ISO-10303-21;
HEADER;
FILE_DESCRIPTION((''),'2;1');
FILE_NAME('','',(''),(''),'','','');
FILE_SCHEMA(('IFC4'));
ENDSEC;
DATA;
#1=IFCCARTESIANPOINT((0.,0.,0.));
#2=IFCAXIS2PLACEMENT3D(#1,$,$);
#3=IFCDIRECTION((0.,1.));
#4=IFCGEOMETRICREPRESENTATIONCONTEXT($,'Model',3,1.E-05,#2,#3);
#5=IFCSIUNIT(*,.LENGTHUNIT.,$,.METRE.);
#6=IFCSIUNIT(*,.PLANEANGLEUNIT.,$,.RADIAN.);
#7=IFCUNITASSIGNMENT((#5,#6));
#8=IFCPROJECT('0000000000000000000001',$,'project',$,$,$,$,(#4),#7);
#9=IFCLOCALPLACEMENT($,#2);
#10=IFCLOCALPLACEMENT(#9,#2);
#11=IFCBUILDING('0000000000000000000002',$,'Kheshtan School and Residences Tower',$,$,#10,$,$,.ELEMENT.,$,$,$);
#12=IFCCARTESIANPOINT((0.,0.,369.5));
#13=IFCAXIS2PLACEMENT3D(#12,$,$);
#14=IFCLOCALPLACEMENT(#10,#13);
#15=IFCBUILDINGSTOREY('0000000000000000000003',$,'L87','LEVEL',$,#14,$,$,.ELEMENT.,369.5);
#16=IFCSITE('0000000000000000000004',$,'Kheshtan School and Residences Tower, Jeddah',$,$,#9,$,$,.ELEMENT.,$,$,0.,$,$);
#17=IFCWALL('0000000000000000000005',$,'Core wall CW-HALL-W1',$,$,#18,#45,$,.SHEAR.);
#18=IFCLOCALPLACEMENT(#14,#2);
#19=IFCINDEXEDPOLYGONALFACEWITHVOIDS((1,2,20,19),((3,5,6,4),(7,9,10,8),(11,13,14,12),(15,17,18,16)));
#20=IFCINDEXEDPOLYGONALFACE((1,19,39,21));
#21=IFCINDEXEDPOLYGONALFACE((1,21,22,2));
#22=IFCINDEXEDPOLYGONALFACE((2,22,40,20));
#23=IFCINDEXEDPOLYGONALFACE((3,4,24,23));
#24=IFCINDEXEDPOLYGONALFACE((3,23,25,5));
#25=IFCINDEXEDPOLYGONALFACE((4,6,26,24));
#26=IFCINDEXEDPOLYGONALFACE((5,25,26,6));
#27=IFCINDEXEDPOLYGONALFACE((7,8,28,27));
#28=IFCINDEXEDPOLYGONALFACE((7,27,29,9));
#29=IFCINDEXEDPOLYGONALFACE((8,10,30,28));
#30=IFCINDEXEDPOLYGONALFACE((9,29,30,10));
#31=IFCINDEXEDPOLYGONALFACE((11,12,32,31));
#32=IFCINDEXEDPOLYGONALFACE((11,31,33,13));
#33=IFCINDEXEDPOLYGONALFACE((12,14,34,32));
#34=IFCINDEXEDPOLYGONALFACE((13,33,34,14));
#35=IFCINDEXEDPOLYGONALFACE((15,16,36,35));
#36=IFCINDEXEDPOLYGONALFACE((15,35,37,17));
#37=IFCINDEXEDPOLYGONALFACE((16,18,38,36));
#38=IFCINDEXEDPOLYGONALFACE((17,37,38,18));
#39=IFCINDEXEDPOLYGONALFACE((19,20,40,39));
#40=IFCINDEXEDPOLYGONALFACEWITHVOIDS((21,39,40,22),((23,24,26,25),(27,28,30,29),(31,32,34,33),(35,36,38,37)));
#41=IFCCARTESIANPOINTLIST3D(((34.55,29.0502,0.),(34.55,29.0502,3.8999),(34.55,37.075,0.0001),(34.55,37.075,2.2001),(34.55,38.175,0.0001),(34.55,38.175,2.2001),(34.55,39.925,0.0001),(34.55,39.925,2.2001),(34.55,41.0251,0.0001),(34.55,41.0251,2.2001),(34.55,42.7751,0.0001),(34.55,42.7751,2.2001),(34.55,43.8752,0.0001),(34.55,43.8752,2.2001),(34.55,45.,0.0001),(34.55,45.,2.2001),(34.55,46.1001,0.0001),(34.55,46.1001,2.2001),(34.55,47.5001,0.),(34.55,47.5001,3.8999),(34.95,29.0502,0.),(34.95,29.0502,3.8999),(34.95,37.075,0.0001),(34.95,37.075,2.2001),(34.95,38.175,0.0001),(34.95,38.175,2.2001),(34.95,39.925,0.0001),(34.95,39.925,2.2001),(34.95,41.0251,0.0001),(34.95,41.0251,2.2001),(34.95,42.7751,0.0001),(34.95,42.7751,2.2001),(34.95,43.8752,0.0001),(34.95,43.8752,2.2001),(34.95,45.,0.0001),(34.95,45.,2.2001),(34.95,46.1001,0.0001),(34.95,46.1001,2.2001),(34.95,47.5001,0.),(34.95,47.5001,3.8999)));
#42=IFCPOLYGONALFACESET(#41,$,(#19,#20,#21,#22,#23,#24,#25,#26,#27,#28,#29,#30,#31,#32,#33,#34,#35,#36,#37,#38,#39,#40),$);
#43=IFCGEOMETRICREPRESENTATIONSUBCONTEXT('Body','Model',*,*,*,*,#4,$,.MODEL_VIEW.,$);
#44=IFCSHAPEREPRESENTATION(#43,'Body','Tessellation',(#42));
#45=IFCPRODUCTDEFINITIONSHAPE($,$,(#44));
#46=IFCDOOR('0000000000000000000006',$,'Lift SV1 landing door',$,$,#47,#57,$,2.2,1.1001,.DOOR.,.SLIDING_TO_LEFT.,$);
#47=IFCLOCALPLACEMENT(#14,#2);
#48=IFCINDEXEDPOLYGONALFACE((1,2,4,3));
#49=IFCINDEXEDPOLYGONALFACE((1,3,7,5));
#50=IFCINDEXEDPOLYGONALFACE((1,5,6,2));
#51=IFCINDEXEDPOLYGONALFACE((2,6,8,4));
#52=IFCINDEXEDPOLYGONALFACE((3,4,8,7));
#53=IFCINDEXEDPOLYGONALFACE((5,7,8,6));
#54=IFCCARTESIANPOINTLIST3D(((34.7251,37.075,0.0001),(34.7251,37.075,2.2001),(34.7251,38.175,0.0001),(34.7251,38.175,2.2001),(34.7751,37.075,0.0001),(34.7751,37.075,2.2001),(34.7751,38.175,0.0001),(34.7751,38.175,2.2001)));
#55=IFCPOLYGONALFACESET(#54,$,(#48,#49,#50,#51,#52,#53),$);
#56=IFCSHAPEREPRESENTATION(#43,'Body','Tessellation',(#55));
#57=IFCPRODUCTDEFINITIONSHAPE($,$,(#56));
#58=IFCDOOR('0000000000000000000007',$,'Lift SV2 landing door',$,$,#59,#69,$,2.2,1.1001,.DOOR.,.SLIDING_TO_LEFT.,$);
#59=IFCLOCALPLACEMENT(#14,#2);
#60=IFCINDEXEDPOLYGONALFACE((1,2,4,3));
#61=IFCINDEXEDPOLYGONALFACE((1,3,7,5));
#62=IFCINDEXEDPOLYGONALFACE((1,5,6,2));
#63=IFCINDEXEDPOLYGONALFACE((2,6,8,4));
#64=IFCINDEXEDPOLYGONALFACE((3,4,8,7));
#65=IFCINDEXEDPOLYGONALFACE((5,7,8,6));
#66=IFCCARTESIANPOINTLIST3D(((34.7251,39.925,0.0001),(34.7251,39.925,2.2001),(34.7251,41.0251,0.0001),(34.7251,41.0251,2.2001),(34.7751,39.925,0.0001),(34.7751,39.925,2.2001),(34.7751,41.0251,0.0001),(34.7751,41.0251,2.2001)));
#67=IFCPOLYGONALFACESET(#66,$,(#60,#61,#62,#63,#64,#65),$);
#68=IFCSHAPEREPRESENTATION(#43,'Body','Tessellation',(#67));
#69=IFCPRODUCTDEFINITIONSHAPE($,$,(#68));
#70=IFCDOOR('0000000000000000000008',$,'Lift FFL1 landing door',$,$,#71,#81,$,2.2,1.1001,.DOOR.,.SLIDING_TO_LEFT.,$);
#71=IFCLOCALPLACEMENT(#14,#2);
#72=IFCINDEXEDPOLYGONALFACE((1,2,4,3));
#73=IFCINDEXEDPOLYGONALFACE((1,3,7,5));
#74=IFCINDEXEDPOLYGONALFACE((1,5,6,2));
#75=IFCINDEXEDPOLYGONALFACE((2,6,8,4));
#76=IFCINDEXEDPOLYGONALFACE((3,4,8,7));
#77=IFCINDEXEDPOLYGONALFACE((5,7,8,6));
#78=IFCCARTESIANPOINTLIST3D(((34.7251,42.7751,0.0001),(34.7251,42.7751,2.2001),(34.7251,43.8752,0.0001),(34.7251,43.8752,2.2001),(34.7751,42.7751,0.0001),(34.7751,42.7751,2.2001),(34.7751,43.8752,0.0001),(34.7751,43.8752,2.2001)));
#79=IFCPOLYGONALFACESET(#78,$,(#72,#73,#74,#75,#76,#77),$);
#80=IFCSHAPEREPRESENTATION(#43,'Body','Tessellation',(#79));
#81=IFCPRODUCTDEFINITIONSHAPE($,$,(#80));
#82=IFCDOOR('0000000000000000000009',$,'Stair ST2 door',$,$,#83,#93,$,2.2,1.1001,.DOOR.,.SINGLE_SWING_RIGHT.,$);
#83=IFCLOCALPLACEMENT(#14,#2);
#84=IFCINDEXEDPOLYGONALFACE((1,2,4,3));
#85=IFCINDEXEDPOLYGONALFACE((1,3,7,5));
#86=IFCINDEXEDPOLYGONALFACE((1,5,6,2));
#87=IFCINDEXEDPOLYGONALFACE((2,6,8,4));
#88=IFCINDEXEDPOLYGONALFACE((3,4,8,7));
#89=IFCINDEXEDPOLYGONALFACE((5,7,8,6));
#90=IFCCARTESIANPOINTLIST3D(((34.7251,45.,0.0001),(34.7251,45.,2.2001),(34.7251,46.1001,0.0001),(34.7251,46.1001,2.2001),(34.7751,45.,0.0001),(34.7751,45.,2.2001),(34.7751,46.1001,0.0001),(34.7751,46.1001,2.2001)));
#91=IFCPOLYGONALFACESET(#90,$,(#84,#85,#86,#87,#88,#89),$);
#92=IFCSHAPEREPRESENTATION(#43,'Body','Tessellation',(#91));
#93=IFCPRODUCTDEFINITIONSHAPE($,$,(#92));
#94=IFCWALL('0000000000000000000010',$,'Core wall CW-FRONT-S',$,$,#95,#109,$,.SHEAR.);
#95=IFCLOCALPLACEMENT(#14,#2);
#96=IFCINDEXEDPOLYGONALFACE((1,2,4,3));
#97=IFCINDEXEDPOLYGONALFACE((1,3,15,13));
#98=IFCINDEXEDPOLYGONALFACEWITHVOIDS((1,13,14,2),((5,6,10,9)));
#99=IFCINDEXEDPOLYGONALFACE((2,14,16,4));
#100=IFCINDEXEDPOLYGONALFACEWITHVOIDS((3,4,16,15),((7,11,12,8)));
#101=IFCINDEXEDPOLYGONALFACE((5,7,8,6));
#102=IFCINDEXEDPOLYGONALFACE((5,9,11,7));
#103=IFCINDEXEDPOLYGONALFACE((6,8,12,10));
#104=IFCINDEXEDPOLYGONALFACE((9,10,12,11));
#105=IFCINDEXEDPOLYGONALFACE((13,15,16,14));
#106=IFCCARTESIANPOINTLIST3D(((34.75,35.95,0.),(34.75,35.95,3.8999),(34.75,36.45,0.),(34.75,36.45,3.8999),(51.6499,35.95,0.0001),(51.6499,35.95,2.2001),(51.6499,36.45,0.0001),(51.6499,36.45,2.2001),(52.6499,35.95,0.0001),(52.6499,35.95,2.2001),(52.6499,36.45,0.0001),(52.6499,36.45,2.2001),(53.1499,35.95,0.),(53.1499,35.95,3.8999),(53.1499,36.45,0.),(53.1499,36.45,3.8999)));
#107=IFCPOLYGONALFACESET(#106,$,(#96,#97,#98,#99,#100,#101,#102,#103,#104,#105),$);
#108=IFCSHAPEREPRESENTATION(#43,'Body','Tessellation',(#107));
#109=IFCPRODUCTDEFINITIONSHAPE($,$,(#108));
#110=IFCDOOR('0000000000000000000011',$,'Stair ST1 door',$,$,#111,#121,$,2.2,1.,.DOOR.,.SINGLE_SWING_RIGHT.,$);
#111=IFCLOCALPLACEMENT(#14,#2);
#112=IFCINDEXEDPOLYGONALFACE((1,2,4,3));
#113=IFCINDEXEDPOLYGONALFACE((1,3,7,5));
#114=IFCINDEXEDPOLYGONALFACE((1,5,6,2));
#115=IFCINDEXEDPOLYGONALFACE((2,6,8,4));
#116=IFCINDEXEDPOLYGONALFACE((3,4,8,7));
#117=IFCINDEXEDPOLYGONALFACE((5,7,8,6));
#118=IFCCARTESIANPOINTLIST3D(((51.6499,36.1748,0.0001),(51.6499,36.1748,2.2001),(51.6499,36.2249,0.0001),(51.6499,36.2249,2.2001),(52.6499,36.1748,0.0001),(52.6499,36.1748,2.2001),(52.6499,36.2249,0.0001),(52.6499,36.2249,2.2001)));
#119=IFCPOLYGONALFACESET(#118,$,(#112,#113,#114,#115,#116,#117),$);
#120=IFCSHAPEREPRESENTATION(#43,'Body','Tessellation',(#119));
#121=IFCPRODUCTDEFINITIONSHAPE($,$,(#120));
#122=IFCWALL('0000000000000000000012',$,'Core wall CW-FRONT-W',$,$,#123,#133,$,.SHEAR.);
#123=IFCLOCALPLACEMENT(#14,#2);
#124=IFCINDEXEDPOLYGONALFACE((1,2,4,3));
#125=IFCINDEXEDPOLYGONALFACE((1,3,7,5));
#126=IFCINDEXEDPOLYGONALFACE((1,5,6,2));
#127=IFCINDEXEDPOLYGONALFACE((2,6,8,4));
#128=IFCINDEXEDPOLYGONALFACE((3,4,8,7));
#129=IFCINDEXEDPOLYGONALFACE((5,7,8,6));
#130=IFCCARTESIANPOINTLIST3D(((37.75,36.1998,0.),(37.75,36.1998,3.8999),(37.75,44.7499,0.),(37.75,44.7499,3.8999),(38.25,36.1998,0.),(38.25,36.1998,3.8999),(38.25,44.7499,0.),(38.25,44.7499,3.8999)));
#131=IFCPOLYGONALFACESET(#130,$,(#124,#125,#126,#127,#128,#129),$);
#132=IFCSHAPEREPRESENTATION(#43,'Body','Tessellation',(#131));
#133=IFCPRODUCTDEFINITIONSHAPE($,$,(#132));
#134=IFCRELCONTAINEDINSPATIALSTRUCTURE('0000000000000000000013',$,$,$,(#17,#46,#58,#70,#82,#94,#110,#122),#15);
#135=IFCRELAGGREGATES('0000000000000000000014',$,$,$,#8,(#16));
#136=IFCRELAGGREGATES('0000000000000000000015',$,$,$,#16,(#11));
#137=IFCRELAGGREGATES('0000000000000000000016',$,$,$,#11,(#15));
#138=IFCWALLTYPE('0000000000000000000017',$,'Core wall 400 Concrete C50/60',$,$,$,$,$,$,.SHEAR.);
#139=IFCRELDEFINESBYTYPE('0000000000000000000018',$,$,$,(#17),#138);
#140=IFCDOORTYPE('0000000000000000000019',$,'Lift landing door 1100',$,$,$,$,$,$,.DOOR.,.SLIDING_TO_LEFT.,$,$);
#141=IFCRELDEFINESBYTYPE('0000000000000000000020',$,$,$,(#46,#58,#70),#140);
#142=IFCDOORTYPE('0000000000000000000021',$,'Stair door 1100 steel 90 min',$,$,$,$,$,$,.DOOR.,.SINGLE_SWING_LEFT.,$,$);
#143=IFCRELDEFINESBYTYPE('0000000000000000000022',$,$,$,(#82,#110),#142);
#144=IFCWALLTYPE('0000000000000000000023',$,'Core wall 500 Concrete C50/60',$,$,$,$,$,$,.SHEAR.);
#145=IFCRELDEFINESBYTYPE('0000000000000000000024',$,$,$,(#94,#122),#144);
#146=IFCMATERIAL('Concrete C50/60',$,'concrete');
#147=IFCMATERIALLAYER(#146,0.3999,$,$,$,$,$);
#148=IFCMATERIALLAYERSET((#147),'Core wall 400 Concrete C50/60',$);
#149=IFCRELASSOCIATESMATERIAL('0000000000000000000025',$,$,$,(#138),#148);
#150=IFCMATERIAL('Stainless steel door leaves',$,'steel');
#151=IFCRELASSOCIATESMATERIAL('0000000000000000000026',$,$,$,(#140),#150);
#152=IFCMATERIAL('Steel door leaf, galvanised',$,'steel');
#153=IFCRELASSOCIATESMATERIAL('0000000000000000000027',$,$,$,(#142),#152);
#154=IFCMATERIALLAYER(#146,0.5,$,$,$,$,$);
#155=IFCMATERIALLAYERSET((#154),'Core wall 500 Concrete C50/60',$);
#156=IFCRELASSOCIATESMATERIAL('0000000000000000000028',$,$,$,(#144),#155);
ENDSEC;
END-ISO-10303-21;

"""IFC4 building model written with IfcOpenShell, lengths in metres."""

from ifc_helpers import new_model, si_unit, direction, frame, frame_2d, origin, place, context, subcontext, project, spatial, rectangle, extrude, source, transform, mapped, material, layer, layer_set, type_object, element, fill, save


model = new_model("IFC4")

# Units and contexts
model_context = context("Model", 3, precision=1e-05, world=origin(), true_north=direction((0.0, 1.0)))
body_context = subcontext(model_context, "Body", "Model", "MODEL_VIEW")
ifc_project = project(units=[si_unit("LENGTHUNIT", "METRE"), si_unit("PLANEANGLEUNIT", "RADIAN")], contexts=[model_context])

# Site, building, storey
site_placement = place(None, origin())
site = spatial("IfcSite", under=ifc_project, at=site_placement, Name="Kheshtan School and Residences Tower, Jeddah", CompositionType="ELEMENT", RefElevation=0.0)
building_placement = place(site_placement, origin())
building = spatial("IfcBuilding", under=site, at=building_placement, Name="Kheshtan School and Residences Tower", CompositionType="ELEMENT")
storey_placement = place(building_placement, frame((0.0, 0.0, 369.5)))
storey = spatial("IfcBuildingStorey", under=building, at=storey_placement, Name="L87", Description="LEVEL", CompositionType="ELEMENT", Elevation=369.5)

# Wall, openings, doors
ifc_material_1 = material(Name="Concrete C50/60", Category="concrete")
ifc_layer_1 = layer(ifc_material_1, 0.3999)
ifc_layer_set_1 = layer_set([ifc_layer_1], Name="Core wall 400 Concrete C50/60")
wall_type_1 = type_object("IfcWallType", Name="Core wall 400 Concrete C50/60", PredefinedType="SHEAR", material=ifc_layer_set_1)
ifc_material_2 = material(Name="Stainless steel door leaves", Category="steel")
door_type_1 = type_object("IfcDoorType", Name="Lift landing door 1100", OperationType="SLIDING_TO_LEFT", PredefinedType="DOOR", material=ifc_material_2)
shared_shape_1 = source(origin(), body_context, "Body", "SweptSolid", [
    extrude(rectangle(XDim=1.1001, YDim=2.2, at=frame_2d((0.55, 1.1001))), frame((0.0, 0.0249, 0.0), z_axis=(0.0, -1.0, 0.0), x_axis=(1.0, 0.0, 0.0)), (0.0, 0.0, 1.0), 0.05),
])
ifc_material_3 = material(Name="Steel door leaf, galvanised", Category="steel")
wall_1_placement = place(storey_placement, frame((34.75, 29.05, 0.0), z_axis=(0.0, 0.0, 1.0), x_axis=(0.0, 1.0, 0.0)))
wall_1 = element("IfcWall", 1, at=wall_1_placement, inside=storey, type_object=wall_type_1, Name="Core wall CW-HALL-W1", PredefinedType="SHEAR", context=body_context, shape_type="SweptSolid", body=[
    extrude(rectangle(XDim=18.45, YDim=0.3999, at=frame_2d((9.2251, 0.0))), origin(), (0.0, 0.0, 1.0), 3.8999),
])
opening_1_placement = place(wall_1_placement, frame((8.0249, 0.0, 0.0)))
opening_1 = element("IfcOpeningElement", 2, at=opening_1_placement, cuts=wall_1, PredefinedType="OPENING", context=body_context, shape_type="SweptSolid", body=[
    extrude(rectangle(XDim=1.1001, YDim=2.2, at=frame_2d((0.55, 1.1001))), frame((0.0, 0.21, 0.0), z_axis=(0.0, -1.0, 0.0), x_axis=(1.0, 0.0, 0.0)), (0.0, 0.0, 1.0), 0.4199),
])
opening_2_placement = place(wall_1_placement, frame((10.875, 0.0, 0.0)))
opening_2 = element("IfcOpeningElement", 3, at=opening_2_placement, cuts=wall_1, PredefinedType="OPENING", context=body_context, shape_type="SweptSolid", body=[
    extrude(rectangle(XDim=1.1001, YDim=2.2, at=frame_2d((0.55, 1.1001))), frame((0.0, 0.21, 0.0), z_axis=(0.0, -1.0, 0.0), x_axis=(1.0, 0.0, 0.0)), (0.0, 0.0, 1.0), 0.4199),
])
opening_3_placement = place(wall_1_placement, frame((13.7251, 0.0, 0.0)))
opening_3 = element("IfcOpeningElement", 4, at=opening_3_placement, cuts=wall_1, PredefinedType="OPENING", context=body_context, shape_type="SweptSolid", body=[
    extrude(rectangle(XDim=1.1001, YDim=2.2, at=frame_2d((0.55, 1.1001))), frame((0.0, 0.21, 0.0), z_axis=(0.0, -1.0, 0.0), x_axis=(1.0, 0.0, 0.0)), (0.0, 0.0, 1.0), 0.4199),
])
opening_4_placement = place(wall_1_placement, frame((15.95, 0.0, 0.0)))
opening_4 = element("IfcOpeningElement", 5, at=opening_4_placement, cuts=wall_1, PredefinedType="OPENING", context=body_context, shape_type="SweptSolid", body=[
    extrude(rectangle(XDim=1.1001, YDim=2.2, at=frame_2d((0.55, 1.1001))), frame((0.0, 0.21, 0.0), z_axis=(0.0, -1.0, 0.0), x_axis=(1.0, 0.0, 0.0)), (0.0, 0.0, 1.0), 0.4199),
])
door_1_placement = place(opening_1_placement, origin())
door_1 = element("IfcDoor", 6, at=door_1_placement, inside=storey, type_object=door_type_1, Name="Lift SV1 landing door", OperationType="SLIDING_TO_LEFT", OverallHeight=2.2, OverallWidth=1.1001, PredefinedType="DOOR", context=body_context, shape_type="MappedRepresentation", body=[
    mapped(shared_shape_1, transform((0.0, 0.0, 0.0), x_axis=(1.0, 0.0, 0.0), y_axis=(0.0, 1.0, 0.0), z_axis=(0.0, 0.0, 1.0), scale=1.0)),
])
fill(opening_1, door_1)
door_2_placement = place(opening_2_placement, origin())
door_2 = element("IfcDoor", 7, at=door_2_placement, inside=storey, type_object=door_type_1, Name="Lift SV2 landing door", OperationType="SLIDING_TO_LEFT", OverallHeight=2.2, OverallWidth=1.1001, PredefinedType="DOOR", context=body_context, shape_type="MappedRepresentation", body=[
    mapped(shared_shape_1, transform((0.0, 0.0, 0.0), x_axis=(1.0, 0.0, 0.0), y_axis=(0.0, 1.0, 0.0), z_axis=(0.0, 0.0, 1.0), scale=1.0)),
])
fill(opening_2, door_2)
door_3_placement = place(opening_3_placement, origin())
door_3 = element("IfcDoor", 8, at=door_3_placement, inside=storey, type_object=door_type_1, Name="Lift FFL1 landing door", OperationType="SLIDING_TO_LEFT", OverallHeight=2.2, OverallWidth=1.1001, PredefinedType="DOOR", context=body_context, shape_type="MappedRepresentation", body=[
    mapped(shared_shape_1, transform((0.0, 0.0, 0.0), x_axis=(1.0, 0.0, 0.0), y_axis=(0.0, 1.0, 0.0), z_axis=(0.0, 0.0, 1.0), scale=1.0)),
])
fill(opening_3, door_3)
door_type_2 = type_object("IfcDoorType", Name="Stair door 1100 steel 90 min", OperationType="SINGLE_SWING_LEFT", PredefinedType="DOOR", material=ifc_material_3)
shared_shape_2 = source(origin(), body_context, "Body", "SweptSolid", [
    extrude(rectangle(XDim=1.1001, YDim=2.2, at=frame_2d((0.55, 1.1001))), frame((0.0, 0.0249, 0.0), z_axis=(0.0, -1.0, 0.0), x_axis=(1.0, 0.0, 0.0)), (0.0, 0.0, 1.0), 0.05),
])
door_4_placement = place(opening_4_placement, origin())
door_4 = element("IfcDoor", 9, at=door_4_placement, inside=storey, type_object=door_type_2, Name="Stair ST2 door", OperationType="SINGLE_SWING_RIGHT", OverallHeight=2.2, OverallWidth=1.1001, PredefinedType="DOOR", context=body_context, shape_type="MappedRepresentation", body=[
    mapped(shared_shape_2, transform((0.0, 0.0, 0.0), x_axis=(1.0, 0.0, 0.0), y_axis=(0.0, 1.0, 0.0), z_axis=(0.0, 0.0, 1.0), scale=1.0)),
])
fill(opening_4, door_4)

# Wall, opening, door
ifc_layer_2 = layer(ifc_material_1, 0.5)
ifc_layer_set_2 = layer_set([ifc_layer_2], Name="Core wall 500 Concrete C50/60")
wall_type_2 = type_object("IfcWallType", Name="Core wall 500 Concrete C50/60", PredefinedType="SHEAR", material=ifc_layer_set_2)
wall_2_placement = place(storey_placement, frame((34.75, 36.2, 0.0), z_axis=(0.0, 0.0, 1.0), x_axis=(1.0, 0.0, 0.0)))
wall_2 = element("IfcWall", 10, at=wall_2_placement, inside=storey, type_object=wall_type_2, Name="Core wall CW-FRONT-S", PredefinedType="SHEAR", context=body_context, shape_type="SweptSolid", body=[
    extrude(rectangle(XDim=18.3999, YDim=0.5, at=frame_2d((9.2, 0.0))), origin(), (0.0, 0.0, 1.0), 3.8999),
])
opening_5_placement = place(wall_2_placement, frame((16.8999, 0.0, 0.0)))
opening_5 = element("IfcOpeningElement", 11, at=opening_5_placement, cuts=wall_2, PredefinedType="OPENING", context=body_context, shape_type="SweptSolid", body=[
    extrude(rectangle(XDim=1.0, YDim=2.2, at=frame_2d((0.5, 1.1001))), frame((0.0, 0.26, 0.0), z_axis=(0.0, -1.0, 0.0), x_axis=(1.0, 0.0, 0.0)), (0.0, 0.0, 1.0), 0.52),
])
shared_shape_3 = source(origin(), body_context, "Body", "SweptSolid", [
    extrude(rectangle(XDim=1.0, YDim=2.2, at=frame_2d((0.5, 1.1001))), frame((0.0, 0.0249, 0.0), z_axis=(0.0, -1.0, 0.0), x_axis=(1.0, 0.0, 0.0)), (0.0, 0.0, 1.0), 0.05),
])
door_5_placement = place(opening_5_placement, origin())
door_5 = element("IfcDoor", 12, at=door_5_placement, inside=storey, type_object=door_type_2, Name="Stair ST1 door", OperationType="SINGLE_SWING_RIGHT", OverallHeight=2.2, OverallWidth=1.0, PredefinedType="DOOR", context=body_context, shape_type="MappedRepresentation", body=[
    mapped(shared_shape_3, transform((0.0, 0.0, 0.0), x_axis=(1.0, 0.0, 0.0), y_axis=(0.0, 1.0, 0.0), z_axis=(0.0, 0.0, 1.0), scale=1.0)),
])
fill(opening_5, door_5)

# Wall
wall_3_placement = place(storey_placement, frame((38.0, 36.2, 0.0), z_axis=(0.0, 0.0, 1.0), x_axis=(0.0, 1.0, 0.0)))
element("IfcWall", 13, at=wall_3_placement, inside=storey, type_object=wall_type_2, Name="Core wall CW-FRONT-W", PredefinedType="SHEAR", context=body_context, shape_type="SweptSolid", body=[
    extrude(rectangle(XDim=8.55, YDim=0.5, at=frame_2d((4.2749, 0.0))), origin(), (0.0, 0.0, 1.0), 3.8999),
])

save(model, "model.ifc")
